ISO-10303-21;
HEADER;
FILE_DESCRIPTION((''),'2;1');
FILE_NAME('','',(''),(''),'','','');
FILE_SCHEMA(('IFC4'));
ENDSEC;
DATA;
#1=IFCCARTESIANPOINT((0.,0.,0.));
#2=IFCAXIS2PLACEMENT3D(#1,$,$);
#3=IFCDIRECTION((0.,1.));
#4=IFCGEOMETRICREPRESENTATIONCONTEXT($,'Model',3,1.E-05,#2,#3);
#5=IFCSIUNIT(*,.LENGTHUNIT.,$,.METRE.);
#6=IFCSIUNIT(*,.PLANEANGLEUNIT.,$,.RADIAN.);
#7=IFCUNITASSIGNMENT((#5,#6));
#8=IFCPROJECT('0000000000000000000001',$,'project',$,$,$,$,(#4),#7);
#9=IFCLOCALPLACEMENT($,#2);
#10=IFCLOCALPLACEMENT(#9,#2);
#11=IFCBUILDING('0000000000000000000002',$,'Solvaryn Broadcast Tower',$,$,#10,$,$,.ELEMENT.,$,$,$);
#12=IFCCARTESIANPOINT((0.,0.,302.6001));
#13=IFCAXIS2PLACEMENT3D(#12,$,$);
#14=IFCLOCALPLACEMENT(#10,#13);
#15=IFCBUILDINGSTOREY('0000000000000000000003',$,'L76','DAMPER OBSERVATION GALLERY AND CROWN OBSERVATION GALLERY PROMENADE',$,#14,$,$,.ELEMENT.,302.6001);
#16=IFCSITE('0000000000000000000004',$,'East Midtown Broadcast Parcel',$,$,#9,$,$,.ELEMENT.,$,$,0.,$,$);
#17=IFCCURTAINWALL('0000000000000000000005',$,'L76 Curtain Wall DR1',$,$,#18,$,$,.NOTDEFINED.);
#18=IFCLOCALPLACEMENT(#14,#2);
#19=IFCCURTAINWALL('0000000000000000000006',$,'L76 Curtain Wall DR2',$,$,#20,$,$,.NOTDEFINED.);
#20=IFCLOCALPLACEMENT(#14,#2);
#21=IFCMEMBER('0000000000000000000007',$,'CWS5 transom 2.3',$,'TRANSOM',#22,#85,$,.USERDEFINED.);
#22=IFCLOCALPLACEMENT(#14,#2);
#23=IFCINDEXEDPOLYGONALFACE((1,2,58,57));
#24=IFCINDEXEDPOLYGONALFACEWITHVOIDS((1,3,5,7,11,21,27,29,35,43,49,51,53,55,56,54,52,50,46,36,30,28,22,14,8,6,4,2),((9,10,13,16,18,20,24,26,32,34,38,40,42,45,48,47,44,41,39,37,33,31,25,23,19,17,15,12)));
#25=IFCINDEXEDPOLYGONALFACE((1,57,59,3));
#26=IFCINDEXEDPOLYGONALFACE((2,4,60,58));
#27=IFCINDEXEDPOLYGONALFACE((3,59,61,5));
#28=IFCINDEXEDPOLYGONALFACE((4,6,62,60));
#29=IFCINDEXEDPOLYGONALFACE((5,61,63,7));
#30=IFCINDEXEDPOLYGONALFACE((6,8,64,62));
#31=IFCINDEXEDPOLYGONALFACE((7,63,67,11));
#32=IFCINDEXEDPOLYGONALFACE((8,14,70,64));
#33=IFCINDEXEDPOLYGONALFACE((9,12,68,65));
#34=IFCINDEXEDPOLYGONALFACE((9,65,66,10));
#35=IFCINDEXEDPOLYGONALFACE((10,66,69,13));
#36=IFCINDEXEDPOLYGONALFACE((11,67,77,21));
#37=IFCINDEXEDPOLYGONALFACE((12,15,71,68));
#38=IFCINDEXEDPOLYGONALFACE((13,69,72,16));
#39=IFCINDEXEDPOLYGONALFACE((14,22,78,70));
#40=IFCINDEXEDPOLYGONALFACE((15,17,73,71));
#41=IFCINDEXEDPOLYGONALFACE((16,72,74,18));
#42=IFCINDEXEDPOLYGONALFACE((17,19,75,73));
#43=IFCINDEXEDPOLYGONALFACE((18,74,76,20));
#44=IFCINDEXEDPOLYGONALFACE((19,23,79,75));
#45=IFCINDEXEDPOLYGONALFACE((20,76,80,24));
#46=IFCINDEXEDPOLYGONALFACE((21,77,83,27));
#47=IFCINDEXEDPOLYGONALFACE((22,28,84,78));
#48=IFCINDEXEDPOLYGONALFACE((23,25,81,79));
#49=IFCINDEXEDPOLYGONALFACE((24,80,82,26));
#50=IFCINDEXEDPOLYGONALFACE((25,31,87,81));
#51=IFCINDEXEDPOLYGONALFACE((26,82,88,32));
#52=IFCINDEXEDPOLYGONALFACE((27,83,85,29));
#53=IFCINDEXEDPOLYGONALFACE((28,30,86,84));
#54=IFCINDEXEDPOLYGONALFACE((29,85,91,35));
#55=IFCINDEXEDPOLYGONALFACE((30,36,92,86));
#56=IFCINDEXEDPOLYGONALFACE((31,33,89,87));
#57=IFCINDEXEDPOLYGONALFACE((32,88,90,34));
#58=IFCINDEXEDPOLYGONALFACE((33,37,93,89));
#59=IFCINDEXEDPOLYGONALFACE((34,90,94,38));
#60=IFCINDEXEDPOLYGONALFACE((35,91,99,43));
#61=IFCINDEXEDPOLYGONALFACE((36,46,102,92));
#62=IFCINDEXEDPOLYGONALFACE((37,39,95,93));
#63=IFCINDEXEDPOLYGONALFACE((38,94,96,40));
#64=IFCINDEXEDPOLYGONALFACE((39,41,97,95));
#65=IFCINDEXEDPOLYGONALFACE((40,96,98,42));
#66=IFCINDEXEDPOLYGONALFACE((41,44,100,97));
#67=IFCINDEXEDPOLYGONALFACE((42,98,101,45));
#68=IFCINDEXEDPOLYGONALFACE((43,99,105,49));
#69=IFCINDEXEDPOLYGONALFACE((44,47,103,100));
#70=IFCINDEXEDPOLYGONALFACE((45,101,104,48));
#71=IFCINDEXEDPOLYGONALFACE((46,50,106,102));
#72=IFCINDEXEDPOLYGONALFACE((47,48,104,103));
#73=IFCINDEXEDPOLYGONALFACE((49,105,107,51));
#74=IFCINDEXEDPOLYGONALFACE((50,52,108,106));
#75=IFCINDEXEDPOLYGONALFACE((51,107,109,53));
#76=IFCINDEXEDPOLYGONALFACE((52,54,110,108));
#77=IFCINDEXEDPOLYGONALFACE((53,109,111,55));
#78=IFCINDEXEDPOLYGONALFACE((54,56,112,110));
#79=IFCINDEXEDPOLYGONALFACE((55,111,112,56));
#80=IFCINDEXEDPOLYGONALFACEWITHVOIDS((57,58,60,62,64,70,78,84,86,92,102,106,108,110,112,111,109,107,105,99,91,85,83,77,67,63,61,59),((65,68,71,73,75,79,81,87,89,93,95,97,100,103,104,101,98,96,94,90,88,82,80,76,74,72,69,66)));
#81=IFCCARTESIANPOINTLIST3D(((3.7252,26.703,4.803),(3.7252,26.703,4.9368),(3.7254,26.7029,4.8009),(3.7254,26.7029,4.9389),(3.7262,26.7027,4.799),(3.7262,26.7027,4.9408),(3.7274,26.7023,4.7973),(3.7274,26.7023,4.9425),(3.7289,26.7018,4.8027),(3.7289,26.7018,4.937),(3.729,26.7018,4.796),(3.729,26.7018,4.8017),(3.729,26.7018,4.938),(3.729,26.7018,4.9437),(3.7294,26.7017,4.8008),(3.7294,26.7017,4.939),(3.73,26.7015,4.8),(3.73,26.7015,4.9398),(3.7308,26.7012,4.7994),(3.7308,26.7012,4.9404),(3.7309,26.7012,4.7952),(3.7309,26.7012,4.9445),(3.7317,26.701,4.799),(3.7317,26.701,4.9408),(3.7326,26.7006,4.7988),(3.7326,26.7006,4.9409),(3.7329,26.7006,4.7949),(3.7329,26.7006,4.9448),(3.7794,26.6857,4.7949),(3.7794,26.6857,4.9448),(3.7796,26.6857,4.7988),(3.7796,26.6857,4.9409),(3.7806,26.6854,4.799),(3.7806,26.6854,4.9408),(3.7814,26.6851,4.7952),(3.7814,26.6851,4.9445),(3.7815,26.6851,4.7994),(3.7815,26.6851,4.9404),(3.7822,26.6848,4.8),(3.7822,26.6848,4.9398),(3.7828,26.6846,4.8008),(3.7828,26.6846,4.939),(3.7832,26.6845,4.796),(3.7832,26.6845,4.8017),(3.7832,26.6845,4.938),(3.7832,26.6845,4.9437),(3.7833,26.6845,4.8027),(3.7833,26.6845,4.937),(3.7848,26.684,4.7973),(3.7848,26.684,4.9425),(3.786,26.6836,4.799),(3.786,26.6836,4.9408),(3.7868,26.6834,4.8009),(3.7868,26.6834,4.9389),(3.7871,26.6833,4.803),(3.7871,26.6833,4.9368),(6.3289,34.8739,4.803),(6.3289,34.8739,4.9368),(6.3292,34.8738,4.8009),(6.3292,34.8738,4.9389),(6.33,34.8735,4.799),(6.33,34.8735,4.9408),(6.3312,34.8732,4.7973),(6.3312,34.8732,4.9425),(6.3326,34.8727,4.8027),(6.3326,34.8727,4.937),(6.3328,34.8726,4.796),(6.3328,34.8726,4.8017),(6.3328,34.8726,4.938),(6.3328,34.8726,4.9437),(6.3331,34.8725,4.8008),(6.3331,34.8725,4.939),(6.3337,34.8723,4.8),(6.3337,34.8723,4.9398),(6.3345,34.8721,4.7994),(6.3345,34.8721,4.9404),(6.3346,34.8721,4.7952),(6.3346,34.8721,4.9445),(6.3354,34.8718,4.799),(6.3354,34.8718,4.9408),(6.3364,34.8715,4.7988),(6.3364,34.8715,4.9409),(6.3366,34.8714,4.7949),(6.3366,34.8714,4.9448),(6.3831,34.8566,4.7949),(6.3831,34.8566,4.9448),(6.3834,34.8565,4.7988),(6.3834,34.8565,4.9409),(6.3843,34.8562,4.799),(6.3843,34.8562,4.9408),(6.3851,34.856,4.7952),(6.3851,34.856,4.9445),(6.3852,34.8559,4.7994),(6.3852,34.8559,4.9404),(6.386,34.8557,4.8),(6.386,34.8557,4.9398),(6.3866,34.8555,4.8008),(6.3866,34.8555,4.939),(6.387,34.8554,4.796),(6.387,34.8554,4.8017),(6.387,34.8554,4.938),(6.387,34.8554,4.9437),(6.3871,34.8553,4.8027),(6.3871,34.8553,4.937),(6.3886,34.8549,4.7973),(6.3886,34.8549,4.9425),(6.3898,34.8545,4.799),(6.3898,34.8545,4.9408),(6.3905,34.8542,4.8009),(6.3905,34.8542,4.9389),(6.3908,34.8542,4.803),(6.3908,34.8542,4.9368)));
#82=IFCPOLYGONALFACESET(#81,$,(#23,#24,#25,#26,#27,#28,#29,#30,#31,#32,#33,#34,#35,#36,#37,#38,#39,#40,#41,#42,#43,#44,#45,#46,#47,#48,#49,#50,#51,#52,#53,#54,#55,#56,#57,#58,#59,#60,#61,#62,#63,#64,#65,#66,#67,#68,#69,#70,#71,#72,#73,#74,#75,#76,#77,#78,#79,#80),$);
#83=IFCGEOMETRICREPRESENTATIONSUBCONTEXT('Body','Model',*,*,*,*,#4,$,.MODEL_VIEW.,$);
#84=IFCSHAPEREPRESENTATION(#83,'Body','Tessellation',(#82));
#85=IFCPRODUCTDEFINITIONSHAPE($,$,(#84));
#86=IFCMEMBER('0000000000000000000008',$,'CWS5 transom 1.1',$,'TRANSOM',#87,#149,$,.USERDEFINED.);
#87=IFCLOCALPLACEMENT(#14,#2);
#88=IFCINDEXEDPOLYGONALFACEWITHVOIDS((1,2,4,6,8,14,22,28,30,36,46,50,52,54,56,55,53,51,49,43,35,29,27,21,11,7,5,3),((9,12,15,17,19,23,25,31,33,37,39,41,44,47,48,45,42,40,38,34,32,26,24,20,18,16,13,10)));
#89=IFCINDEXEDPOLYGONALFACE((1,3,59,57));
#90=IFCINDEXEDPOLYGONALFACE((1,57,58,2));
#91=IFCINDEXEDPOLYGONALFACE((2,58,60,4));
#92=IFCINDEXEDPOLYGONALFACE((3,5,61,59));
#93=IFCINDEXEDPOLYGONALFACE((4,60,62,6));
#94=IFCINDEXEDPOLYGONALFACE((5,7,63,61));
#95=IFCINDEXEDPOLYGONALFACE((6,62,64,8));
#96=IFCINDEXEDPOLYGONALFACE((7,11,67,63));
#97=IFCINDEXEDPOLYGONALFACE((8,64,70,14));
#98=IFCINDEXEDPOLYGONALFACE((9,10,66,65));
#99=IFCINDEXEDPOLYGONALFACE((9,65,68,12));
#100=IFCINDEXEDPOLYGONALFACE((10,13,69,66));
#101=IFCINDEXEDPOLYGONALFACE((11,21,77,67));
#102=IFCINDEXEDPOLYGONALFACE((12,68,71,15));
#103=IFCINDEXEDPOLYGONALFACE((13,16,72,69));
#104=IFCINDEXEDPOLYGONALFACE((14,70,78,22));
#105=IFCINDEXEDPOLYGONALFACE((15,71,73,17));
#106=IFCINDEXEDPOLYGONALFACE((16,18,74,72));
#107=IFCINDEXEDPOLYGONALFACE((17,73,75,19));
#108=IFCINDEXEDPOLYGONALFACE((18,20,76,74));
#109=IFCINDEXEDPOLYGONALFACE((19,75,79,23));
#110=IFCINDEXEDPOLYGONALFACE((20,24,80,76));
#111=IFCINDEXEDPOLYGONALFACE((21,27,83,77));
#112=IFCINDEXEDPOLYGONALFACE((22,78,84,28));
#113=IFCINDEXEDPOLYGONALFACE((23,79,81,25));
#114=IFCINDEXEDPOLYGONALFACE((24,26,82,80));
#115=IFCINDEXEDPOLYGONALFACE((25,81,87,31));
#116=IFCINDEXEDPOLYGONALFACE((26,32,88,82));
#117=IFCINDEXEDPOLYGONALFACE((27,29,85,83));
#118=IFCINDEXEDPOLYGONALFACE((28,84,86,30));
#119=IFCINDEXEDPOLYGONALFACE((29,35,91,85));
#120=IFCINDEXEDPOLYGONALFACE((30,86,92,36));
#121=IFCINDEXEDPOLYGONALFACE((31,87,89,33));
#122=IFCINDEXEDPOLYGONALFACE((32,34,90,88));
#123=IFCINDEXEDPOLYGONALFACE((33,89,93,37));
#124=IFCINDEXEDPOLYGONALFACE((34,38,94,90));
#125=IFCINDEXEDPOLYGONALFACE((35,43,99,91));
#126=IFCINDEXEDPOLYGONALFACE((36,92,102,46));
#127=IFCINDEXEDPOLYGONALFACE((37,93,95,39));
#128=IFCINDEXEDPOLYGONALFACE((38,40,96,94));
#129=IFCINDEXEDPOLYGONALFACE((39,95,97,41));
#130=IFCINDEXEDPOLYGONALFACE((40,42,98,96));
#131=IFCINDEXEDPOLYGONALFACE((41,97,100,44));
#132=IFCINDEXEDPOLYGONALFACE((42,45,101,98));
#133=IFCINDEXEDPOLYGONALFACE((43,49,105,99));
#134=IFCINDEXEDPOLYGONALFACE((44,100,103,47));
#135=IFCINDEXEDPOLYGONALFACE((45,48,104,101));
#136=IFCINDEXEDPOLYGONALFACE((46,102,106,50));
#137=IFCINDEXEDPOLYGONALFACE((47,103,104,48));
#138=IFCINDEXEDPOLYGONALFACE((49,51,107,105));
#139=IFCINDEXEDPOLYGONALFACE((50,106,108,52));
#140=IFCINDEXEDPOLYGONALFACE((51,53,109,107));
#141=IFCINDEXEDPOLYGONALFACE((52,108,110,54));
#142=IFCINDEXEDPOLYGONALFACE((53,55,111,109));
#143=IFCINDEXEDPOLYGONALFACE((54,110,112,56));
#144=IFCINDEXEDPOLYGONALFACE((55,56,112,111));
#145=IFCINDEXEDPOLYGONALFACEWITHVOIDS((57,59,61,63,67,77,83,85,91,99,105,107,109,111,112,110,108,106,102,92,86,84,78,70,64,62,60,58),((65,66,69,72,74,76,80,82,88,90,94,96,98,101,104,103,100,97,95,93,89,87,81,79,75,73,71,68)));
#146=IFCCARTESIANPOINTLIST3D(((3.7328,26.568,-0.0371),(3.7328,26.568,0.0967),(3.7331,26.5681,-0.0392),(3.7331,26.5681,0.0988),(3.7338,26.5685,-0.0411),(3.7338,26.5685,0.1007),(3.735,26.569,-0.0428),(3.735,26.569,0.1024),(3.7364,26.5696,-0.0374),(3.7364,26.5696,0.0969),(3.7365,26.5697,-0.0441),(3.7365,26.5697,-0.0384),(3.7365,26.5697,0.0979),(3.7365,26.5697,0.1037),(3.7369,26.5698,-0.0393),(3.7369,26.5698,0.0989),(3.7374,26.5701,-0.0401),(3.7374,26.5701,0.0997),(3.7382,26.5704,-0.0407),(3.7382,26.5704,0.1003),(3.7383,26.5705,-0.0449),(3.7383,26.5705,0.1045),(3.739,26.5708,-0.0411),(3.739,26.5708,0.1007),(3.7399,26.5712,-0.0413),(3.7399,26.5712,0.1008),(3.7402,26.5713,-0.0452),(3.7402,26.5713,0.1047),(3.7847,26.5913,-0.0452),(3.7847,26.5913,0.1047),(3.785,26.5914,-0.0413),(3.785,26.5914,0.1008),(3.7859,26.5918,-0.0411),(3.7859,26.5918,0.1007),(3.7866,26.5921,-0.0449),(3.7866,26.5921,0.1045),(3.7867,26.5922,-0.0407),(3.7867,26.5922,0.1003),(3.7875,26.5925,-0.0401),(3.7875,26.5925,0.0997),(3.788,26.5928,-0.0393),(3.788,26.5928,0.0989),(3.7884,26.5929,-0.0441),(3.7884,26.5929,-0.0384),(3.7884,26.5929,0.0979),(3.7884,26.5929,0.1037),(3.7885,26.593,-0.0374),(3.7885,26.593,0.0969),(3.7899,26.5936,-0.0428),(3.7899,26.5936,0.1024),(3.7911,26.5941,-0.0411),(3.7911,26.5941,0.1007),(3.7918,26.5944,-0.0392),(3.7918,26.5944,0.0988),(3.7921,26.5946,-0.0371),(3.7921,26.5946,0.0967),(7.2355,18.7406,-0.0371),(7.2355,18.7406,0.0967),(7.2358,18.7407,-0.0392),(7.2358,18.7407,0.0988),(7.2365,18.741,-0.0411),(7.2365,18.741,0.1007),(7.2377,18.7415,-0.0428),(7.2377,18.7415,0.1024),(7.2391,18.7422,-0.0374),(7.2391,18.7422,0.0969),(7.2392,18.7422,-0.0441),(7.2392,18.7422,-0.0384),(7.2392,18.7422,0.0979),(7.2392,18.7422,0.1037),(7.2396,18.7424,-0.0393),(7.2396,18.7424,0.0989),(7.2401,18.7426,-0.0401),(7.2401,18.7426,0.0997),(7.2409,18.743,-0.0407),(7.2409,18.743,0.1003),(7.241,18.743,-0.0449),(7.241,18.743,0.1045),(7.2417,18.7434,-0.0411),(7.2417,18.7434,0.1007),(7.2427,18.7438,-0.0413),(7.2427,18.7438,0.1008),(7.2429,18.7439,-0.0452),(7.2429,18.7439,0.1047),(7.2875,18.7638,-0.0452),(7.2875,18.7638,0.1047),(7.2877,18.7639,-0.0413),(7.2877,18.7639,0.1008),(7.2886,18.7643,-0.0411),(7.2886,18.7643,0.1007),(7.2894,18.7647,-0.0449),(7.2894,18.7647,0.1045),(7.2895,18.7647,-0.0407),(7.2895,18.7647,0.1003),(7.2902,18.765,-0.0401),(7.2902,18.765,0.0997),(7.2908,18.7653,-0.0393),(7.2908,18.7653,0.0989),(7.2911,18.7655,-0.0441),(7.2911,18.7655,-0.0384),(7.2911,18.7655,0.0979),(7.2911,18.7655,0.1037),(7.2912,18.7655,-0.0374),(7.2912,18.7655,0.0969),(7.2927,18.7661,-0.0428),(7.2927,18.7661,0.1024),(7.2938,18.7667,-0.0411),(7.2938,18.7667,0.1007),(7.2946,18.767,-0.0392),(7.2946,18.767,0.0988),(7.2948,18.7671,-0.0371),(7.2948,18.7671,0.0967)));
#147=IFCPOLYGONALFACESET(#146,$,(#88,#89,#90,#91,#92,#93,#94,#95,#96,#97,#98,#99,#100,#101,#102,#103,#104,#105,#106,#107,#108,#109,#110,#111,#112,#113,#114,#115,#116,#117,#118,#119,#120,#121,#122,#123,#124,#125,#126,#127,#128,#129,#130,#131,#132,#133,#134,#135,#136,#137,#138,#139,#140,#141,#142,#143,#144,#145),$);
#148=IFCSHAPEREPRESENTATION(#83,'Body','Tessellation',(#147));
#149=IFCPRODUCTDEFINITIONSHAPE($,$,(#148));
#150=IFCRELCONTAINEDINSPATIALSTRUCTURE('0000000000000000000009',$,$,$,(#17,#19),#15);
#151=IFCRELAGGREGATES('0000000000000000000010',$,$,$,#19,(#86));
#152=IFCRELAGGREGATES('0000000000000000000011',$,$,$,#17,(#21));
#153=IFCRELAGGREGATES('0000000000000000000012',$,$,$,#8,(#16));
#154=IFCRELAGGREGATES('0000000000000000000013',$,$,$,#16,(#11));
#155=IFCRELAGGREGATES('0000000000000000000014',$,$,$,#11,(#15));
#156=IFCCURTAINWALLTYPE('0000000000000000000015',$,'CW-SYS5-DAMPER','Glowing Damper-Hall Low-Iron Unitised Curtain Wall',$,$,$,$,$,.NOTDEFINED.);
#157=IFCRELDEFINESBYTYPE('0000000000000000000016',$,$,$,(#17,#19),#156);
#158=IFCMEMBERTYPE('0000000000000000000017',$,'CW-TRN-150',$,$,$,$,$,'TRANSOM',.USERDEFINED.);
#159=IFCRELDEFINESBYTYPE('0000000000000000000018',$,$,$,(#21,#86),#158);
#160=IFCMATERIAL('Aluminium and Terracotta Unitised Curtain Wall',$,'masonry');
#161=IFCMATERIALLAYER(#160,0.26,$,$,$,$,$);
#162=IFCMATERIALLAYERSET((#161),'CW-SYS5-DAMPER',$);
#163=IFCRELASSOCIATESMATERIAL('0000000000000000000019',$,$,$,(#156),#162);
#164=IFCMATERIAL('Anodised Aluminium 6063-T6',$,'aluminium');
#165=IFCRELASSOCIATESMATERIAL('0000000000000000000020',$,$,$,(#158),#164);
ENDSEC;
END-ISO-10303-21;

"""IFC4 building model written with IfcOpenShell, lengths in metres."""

from ifc_helpers import new_model, si_unit, direction, frame, origin, origin_2d, place, context, subcontext, project, spatial, hollow_rectangle, extrude, material, layer, layer_set, material_profile, profile_set, type_object, element, aggregate, save


model = new_model("IFC4")

# Units and contexts
model_context = context("Model", 3, precision=1e-05, world=origin(), true_north=direction((0.0, 1.0)))
body_context = subcontext(model_context, "Body", "Model", "MODEL_VIEW")
ifc_project = project(units=[si_unit("LENGTHUNIT", "METRE"), si_unit("PLANEANGLEUNIT", "RADIAN")], contexts=[model_context])

# Site, building, storey
site_placement = place(None, origin())
site = spatial("IfcSite", under=ifc_project, at=site_placement, Name="East Midtown Broadcast Parcel", CompositionType="ELEMENT", RefElevation=0.0)
building_placement = place(site_placement, origin())
building = spatial("IfcBuilding", under=site, at=building_placement, Name="Solvaryn Broadcast Tower", CompositionType="ELEMENT")
storey_placement = place(building_placement, frame((0.0, 0.0, 302.6001)))
storey = spatial("IfcBuildingStorey", under=building, at=storey_placement, Name="L76", Description="DAMPER OBSERVATION GALLERY AND CROWN OBSERVATION GALLERY PROMENADE", CompositionType="ELEMENT", Elevation=302.6001)

# Curtain wall
ifc_material_1 = material(Name="Aluminium and Terracotta Unitised Curtain Wall", Category="masonry")
ifc_layer_1 = layer(ifc_material_1, 0.26)
ifc_layer_set_1 = layer_set([ifc_layer_1], Name="CW-SYS5-DAMPER")
curtain_wall_type = type_object("IfcCurtainWallType", Name="CW-SYS5-DAMPER", Description="Glowing Damper-Hall Low-Iron Unitised Curtain Wall", PredefinedType="NOTDEFINED", material=ifc_layer_set_1)
curtain_wall_1_placement = place(storey_placement, origin())
curtain_wall_1 = element("IfcCurtainWall", 1, at=curtain_wall_1_placement, inside=storey, type_object=curtain_wall_type, Name="L76 Curtain Wall DR1", PredefinedType="NOTDEFINED")

# Curtain wall
curtain_wall_2_placement = place(storey_placement, origin())
curtain_wall_2 = element("IfcCurtainWall", 2, at=curtain_wall_2_placement, inside=storey, type_object=curtain_wall_type, Name="L76 Curtain Wall DR2", PredefinedType="NOTDEFINED")

# Members
ifc_material_2 = material(Name="Anodised Aluminium 6063-T6", Category="aluminium")
ifc_material_profile_1 = material_profile(ifc_material_2, hollow_rectangle(XDim=0.0649, YDim=0.1499, WallThickness=0.0039, InnerFilletRadius=0.0039, OuterFilletRadius=0.0081, at=origin_2d()))
ifc_profile_set_1 = profile_set([ifc_material_profile_1], Name="Anodised Aluminium 6063-T6")
member_type_1 = type_object("IfcMemberType", Name="CW-TRN-150", ElementType="TRANSOM", PredefinedType="USERDEFINED", material=ifc_profile_set_1)
member_1_placement = place(storey_placement, frame((6.3599, 34.864, 4.8699), z_axis=(-0.30362, -0.952793, 0.0), x_axis=(0.952793, -0.30362, 0.0)))
member_1 = element("IfcMember", 3, at=member_1_placement, type_object=member_type_1, Name="CWS5 transom 2.3", ObjectType="TRANSOM", PredefinedType="USERDEFINED", context=body_context, shape_type="SweptSolid", body=[
    extrude(hollow_rectangle(XDim=0.0649, YDim=0.1499, WallThickness=0.0039, InnerFilletRadius=0.0039, OuterFilletRadius=0.0081, at=origin_2d()), origin(), (0.0, 0.0, 1.0), 8.5757),
])
member_2_placement = place(storey_placement, frame((3.7625, 26.5813, 0.0298), z_axis=(0.408459, -0.912777, 0.0), x_axis=(0.912777, 0.408459, 0.0)))
member_2 = element("IfcMember", 4, at=member_2_placement, type_object=member_type_1, Name="CWS5 transom 1.1", ObjectType="TRANSOM", PredefinedType="USERDEFINED", context=body_context, shape_type="SweptSolid", body=[
    extrude(hollow_rectangle(XDim=0.0649, YDim=0.1499, WallThickness=0.0039, InnerFilletRadius=0.0039, OuterFilletRadius=0.0081, at=origin_2d()), origin(), (0.0, 0.0, 1.0), 8.5754),
])
aggregate(curtain_wall_2, [member_2])

aggregate(curtain_wall_1, [member_1])

save(model, "model.ifc")
